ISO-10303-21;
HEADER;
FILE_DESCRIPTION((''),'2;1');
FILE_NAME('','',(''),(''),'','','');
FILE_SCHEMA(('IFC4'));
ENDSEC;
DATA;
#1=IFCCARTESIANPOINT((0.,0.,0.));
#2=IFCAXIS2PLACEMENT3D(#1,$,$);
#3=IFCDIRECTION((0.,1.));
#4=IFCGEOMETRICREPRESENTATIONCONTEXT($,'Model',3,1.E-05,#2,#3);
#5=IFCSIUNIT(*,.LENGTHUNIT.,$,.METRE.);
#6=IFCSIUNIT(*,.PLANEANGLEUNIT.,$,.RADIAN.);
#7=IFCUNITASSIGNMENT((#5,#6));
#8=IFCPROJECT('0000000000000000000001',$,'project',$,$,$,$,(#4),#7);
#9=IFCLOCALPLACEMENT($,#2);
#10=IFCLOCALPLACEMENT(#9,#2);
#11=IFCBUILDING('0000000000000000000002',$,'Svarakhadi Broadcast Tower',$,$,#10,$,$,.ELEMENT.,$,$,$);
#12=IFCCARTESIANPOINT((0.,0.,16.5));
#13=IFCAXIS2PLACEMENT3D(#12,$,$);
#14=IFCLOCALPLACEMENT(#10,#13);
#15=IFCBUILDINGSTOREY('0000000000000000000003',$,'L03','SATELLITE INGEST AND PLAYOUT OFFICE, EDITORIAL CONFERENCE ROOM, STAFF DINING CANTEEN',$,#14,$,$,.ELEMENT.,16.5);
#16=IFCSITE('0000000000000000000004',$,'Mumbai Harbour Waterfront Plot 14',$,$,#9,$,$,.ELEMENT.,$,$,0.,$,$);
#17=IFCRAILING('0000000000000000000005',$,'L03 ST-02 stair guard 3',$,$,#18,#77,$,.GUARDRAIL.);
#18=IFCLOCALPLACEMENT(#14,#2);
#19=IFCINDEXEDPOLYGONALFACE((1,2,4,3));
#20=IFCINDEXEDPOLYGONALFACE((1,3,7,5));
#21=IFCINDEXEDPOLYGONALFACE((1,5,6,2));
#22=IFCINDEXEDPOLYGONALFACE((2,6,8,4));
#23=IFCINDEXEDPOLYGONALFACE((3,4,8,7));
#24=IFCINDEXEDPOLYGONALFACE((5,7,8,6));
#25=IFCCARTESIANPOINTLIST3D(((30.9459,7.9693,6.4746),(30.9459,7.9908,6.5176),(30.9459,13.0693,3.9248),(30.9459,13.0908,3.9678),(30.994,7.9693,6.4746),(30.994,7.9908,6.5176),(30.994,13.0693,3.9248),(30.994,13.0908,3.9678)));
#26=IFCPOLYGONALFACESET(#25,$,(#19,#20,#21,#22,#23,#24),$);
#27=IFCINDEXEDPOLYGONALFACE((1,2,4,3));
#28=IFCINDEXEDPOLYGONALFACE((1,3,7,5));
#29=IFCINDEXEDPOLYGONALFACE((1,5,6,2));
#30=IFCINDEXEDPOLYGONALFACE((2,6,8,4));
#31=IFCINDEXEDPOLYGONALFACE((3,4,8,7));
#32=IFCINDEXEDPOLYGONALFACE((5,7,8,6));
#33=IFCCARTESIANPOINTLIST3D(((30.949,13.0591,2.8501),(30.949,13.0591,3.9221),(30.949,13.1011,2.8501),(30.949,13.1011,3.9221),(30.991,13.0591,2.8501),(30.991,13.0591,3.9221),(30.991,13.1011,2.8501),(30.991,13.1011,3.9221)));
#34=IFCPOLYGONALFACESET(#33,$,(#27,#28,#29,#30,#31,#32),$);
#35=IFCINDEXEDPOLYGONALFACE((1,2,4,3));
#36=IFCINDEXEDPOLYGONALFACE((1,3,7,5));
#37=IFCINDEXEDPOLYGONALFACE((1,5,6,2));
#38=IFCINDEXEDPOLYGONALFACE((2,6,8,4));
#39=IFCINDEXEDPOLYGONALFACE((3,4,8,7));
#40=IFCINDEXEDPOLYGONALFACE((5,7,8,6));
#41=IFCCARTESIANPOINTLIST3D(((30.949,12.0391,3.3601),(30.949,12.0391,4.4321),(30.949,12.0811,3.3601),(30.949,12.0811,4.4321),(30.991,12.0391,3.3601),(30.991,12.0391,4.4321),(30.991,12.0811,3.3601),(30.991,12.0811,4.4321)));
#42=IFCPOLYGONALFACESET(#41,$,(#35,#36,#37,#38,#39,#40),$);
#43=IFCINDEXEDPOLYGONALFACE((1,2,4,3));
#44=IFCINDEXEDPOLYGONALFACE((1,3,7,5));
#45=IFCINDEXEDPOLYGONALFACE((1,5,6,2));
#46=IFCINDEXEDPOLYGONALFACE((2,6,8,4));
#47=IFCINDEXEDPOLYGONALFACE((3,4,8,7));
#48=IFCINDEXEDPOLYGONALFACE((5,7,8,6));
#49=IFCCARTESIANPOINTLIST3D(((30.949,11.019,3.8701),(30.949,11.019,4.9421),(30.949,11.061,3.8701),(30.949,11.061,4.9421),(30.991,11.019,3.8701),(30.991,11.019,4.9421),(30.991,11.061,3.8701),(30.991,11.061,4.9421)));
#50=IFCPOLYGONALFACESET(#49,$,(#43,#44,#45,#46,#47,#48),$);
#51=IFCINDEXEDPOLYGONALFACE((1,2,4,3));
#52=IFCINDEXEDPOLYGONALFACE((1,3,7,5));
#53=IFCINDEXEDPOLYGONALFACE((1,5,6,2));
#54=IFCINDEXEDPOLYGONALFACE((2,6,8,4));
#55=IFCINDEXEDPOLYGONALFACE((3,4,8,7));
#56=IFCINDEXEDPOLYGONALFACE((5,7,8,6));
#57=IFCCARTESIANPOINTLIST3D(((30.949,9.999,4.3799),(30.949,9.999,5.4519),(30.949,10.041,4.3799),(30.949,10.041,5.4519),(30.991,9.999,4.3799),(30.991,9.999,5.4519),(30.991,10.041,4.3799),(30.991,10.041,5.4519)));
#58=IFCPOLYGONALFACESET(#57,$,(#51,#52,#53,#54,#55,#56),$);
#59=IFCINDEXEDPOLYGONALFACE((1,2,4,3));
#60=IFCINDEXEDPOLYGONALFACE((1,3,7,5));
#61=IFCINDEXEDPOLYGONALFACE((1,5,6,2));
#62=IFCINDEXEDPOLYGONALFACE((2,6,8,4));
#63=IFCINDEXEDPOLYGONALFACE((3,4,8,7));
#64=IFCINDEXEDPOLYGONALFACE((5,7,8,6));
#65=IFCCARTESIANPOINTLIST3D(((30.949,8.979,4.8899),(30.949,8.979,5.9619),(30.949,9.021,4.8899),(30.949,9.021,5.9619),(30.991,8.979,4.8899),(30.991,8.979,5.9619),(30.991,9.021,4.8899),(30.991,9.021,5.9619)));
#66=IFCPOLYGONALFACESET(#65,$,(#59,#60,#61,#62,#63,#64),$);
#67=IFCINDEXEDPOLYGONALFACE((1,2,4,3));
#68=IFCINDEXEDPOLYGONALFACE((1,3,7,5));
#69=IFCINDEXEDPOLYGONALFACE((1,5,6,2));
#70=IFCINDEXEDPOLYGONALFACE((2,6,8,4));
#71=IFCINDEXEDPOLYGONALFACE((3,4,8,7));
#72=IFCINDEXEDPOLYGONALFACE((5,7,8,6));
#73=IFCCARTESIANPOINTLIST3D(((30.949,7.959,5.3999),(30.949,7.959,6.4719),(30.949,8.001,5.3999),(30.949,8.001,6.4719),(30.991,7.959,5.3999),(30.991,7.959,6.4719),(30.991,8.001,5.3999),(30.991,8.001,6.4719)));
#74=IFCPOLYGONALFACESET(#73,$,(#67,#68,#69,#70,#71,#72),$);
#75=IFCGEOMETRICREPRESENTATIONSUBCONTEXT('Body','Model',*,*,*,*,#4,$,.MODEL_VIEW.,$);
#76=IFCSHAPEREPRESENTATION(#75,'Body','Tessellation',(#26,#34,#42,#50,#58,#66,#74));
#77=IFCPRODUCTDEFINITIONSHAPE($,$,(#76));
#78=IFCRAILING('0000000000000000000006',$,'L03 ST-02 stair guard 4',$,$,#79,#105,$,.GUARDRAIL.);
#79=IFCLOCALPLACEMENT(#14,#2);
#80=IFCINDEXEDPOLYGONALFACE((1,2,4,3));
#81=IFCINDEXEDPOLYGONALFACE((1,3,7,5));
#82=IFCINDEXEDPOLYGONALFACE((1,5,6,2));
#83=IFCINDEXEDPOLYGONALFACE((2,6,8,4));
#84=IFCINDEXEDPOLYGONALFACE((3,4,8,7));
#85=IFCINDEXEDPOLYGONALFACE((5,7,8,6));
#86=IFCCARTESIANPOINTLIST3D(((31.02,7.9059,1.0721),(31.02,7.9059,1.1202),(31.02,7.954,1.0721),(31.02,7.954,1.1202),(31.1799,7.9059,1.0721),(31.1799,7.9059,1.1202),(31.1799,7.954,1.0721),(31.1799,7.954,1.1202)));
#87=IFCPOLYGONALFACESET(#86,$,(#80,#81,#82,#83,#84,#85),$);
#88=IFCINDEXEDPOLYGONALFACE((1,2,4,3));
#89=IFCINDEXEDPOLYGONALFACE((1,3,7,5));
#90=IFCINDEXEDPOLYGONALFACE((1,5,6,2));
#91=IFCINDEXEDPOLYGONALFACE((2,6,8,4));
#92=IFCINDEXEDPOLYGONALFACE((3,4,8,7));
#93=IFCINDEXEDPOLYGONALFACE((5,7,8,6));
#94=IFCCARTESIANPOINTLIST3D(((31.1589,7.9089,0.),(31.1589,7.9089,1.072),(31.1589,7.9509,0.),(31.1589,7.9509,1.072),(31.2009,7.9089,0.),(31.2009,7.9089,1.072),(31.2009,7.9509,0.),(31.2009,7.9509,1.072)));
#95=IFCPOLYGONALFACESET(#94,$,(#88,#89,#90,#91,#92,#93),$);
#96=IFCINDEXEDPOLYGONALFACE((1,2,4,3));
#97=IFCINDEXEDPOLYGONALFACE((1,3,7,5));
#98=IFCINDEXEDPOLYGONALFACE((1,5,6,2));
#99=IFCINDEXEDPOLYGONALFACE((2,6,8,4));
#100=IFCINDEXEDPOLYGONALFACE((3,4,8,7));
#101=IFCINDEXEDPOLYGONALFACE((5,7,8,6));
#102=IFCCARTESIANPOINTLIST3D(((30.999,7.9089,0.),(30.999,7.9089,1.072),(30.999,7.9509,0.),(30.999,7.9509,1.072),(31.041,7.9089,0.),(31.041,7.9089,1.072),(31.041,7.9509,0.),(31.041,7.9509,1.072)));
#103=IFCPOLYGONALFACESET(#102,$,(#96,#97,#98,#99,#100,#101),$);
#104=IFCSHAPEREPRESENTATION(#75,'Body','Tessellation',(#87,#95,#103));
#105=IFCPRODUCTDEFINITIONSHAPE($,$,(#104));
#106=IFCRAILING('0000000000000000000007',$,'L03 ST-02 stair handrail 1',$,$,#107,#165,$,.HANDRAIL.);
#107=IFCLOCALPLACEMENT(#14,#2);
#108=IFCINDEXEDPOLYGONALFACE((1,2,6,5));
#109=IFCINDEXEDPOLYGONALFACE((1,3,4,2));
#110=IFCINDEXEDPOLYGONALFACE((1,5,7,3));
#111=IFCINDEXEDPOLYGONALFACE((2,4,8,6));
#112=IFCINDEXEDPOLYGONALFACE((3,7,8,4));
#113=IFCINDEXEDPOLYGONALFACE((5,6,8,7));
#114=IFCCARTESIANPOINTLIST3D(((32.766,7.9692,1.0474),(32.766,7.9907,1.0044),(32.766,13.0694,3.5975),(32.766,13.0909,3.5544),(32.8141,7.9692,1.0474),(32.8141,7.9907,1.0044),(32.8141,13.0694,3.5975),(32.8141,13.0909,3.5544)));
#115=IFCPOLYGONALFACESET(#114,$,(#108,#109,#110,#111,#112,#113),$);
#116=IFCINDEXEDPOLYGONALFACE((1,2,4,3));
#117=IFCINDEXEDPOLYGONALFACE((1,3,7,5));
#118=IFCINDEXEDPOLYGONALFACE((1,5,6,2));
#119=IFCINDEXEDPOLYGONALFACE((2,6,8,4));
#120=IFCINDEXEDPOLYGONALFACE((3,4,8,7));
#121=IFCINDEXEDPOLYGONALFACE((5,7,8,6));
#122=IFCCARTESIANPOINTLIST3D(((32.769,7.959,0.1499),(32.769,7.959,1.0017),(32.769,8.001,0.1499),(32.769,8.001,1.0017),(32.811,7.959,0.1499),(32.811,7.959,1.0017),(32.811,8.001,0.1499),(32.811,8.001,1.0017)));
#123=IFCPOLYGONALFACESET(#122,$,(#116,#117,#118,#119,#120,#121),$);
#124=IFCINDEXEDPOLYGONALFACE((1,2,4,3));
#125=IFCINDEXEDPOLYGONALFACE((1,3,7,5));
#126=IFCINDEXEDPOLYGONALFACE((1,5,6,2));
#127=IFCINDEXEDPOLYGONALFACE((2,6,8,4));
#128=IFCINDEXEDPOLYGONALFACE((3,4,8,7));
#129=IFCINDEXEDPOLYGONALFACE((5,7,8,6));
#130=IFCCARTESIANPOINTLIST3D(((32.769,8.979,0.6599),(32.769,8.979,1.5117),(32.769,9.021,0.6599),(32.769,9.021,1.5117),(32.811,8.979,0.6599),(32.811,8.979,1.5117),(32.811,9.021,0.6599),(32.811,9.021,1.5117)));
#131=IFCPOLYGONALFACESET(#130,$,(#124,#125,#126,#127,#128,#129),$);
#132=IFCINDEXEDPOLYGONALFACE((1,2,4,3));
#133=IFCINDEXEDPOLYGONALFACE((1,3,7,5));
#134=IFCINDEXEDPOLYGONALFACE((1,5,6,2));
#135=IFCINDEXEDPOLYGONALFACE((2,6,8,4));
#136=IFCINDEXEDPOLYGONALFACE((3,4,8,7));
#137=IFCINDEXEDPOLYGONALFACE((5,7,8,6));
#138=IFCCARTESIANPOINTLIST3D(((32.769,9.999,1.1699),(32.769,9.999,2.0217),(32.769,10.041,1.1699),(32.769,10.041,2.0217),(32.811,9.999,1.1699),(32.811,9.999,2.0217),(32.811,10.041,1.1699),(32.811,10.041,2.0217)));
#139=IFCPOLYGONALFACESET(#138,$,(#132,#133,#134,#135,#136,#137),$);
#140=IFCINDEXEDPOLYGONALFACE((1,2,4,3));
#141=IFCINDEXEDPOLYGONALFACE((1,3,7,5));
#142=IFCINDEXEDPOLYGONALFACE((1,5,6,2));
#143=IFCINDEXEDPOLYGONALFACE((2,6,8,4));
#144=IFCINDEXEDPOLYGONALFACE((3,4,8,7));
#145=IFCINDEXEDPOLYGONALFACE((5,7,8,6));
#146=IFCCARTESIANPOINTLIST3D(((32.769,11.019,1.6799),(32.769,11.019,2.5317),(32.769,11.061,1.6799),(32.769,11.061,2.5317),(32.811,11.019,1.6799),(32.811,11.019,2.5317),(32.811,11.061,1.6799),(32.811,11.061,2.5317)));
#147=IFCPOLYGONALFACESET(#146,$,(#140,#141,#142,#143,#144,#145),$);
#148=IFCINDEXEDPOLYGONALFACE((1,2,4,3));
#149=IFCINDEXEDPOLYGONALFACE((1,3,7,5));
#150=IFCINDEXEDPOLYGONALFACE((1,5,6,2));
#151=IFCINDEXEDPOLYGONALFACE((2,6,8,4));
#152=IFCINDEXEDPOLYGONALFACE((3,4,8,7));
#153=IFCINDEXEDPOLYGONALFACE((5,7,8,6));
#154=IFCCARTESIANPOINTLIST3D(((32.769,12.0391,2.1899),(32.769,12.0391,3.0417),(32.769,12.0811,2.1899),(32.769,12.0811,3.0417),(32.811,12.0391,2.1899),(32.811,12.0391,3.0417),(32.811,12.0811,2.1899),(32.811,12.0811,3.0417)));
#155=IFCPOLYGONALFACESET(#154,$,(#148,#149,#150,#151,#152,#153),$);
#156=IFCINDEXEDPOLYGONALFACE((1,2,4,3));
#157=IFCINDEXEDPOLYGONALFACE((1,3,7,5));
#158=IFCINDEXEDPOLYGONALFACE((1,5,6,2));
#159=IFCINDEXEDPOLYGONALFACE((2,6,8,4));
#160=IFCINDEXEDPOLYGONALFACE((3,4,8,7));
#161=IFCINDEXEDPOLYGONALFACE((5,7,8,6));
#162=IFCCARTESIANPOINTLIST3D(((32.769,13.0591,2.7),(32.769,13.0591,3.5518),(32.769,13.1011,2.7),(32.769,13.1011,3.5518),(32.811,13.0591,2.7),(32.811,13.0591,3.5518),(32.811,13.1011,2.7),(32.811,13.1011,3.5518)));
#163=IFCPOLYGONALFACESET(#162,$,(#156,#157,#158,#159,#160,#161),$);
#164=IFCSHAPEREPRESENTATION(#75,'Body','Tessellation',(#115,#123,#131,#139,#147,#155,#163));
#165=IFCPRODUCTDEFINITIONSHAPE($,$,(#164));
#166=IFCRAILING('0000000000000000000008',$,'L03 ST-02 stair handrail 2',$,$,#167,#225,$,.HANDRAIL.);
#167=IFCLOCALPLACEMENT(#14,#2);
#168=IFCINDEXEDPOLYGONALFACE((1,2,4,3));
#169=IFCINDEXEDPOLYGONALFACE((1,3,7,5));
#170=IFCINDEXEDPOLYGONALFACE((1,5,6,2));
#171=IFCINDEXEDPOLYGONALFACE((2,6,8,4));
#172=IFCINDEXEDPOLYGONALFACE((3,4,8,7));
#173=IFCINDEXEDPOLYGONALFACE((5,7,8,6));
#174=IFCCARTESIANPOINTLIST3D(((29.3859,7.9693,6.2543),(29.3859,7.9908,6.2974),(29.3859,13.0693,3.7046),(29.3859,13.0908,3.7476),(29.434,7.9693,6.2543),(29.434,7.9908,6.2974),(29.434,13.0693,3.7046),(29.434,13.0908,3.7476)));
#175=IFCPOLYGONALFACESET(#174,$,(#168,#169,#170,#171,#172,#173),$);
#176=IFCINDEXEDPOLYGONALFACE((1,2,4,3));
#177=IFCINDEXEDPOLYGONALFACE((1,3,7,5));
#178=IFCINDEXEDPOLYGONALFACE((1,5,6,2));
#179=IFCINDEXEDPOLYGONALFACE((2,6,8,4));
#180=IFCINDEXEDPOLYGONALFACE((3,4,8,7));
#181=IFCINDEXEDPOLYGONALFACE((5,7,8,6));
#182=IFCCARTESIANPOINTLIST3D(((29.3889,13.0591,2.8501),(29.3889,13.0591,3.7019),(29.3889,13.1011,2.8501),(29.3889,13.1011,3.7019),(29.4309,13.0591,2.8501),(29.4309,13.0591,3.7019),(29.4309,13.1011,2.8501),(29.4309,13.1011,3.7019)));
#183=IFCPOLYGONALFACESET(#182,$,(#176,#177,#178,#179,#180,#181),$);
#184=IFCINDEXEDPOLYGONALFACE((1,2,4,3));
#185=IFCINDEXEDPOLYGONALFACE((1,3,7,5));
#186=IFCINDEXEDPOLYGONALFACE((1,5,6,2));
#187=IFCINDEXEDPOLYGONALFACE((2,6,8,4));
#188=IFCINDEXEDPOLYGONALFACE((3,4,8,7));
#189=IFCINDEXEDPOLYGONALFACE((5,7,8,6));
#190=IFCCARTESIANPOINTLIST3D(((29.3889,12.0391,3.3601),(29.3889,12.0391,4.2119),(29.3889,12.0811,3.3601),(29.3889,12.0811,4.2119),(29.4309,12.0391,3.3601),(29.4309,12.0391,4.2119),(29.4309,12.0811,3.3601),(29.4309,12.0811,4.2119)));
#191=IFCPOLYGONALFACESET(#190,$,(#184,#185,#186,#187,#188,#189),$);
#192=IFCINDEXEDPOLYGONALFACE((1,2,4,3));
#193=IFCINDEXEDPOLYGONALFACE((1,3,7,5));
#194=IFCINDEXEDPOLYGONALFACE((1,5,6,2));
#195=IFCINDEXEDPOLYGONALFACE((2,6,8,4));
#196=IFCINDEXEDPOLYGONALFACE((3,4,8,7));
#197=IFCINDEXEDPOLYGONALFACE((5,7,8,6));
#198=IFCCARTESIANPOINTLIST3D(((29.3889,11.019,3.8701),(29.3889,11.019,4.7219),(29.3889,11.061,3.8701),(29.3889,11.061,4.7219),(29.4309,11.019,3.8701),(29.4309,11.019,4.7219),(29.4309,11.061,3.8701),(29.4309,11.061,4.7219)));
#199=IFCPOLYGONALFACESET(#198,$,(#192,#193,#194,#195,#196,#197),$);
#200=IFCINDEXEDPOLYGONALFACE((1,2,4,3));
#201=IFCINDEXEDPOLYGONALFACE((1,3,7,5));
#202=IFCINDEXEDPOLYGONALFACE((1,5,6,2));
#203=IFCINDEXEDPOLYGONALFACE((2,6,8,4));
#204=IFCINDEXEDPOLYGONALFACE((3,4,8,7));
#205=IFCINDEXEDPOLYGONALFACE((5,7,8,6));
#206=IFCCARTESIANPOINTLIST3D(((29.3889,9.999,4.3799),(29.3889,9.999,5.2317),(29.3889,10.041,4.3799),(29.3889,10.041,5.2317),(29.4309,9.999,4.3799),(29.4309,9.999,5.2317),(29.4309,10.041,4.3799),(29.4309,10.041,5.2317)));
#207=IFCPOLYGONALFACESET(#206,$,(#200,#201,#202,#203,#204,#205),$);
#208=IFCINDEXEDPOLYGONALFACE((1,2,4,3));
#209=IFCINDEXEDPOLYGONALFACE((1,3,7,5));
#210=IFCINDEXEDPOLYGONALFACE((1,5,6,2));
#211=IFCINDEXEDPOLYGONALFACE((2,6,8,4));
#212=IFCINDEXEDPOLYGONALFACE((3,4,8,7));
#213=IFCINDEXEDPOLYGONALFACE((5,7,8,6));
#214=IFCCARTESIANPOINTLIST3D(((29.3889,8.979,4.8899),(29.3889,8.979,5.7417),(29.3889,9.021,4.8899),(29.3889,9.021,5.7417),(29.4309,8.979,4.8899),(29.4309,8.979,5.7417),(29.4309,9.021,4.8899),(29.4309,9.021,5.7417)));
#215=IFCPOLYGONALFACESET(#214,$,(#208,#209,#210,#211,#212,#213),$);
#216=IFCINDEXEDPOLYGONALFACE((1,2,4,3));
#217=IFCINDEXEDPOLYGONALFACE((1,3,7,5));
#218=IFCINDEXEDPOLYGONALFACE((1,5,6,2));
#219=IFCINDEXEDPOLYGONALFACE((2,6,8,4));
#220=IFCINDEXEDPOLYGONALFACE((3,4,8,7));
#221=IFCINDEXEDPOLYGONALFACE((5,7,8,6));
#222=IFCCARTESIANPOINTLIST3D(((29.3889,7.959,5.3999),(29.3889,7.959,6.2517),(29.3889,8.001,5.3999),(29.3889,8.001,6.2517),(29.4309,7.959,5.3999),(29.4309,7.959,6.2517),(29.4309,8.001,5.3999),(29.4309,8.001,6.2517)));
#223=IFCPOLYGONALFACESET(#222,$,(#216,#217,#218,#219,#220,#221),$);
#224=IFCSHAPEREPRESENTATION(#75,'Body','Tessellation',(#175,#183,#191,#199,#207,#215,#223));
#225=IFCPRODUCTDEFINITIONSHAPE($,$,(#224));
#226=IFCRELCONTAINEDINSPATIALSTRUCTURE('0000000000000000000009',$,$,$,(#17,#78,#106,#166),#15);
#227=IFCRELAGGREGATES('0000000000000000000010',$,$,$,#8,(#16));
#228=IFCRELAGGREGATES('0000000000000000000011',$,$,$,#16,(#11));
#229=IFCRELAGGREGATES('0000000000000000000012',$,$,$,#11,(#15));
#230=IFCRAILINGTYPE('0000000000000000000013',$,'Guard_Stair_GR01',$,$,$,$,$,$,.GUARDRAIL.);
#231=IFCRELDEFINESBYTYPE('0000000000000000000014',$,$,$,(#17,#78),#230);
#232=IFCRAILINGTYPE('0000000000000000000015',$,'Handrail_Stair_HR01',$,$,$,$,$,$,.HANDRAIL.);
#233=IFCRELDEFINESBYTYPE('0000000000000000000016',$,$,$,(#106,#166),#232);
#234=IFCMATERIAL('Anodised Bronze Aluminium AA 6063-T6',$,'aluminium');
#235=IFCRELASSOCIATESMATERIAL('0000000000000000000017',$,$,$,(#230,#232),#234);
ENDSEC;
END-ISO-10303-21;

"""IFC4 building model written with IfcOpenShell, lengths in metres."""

from ifc_helpers import new_model, si_unit, direction, frame, origin, origin_2d, place, context, subcontext, project, spatial, rectangle, extrude, material, type_object, element, save


model = new_model("IFC4")

# Units and contexts
model_context = context("Model", 3, precision=1e-05, world=origin(), true_north=direction((0.0, 1.0)))
body_context = subcontext(model_context, "Body", "Model", "MODEL_VIEW")
ifc_project = project(units=[si_unit("LENGTHUNIT", "METRE"), si_unit("PLANEANGLEUNIT", "RADIAN")], contexts=[model_context])

# Site, building, storey
site_placement = place(None, origin())
site = spatial("IfcSite", under=ifc_project, at=site_placement, Name="Mumbai Harbour Waterfront Plot 14", CompositionType="ELEMENT", RefElevation=0.0)
building_placement = place(site_placement, origin())
building = spatial("IfcBuilding", under=site, at=building_placement, Name="Svarakhadi Broadcast Tower", CompositionType="ELEMENT")
storey_placement = place(building_placement, frame((0.0, 0.0, 16.5)))
storey = spatial("IfcBuildingStorey", under=building, at=storey_placement, Name="L03", Description="SATELLITE INGEST AND PLAYOUT OFFICE, EDITORIAL CONFERENCE ROOM, STAFF DINING CANTEEN", CompositionType="ELEMENT", Elevation=16.5)

# Railings
ifc_material_1 = material(Name="Anodised Bronze Aluminium AA 6063-T6", Category="aluminium")
railing_type_1 = type_object("IfcRailingType", Name="Guard_Stair_GR01", PredefinedType="GUARDRAIL", material=ifc_material_1)
railing_1_placement = place(storey_placement, frame((30.97, 13.0801, 2.8501)))
element("IfcRailing", 1, at=railing_1_placement, inside=storey, type_object=railing_type_1, Name="L03 ST-02 stair guard 3", PredefinedType="GUARDRAIL", context=body_context, shape_type="SweptSolid", body=[
    extrude(rectangle(XDim=0.0481, YDim=0.0481, at=origin_2d()), frame((0.0, 0.0, 1.0962), z_axis=(0.0, -0.894444, 0.447179), x_axis=(1.0, 0.0, 0.0)), (0.0, 0.0, 1.0), 5.7019),
    extrude(rectangle(XDim=0.042, YDim=0.042, at=origin_2d()), origin(), (0.0, 0.0, 1.0), 1.072),
    extrude(rectangle(XDim=0.042, YDim=0.042, at=origin_2d()), frame((0.0, -1.02, 0.51)), (0.0, 0.0, 1.0), 1.072),
    extrude(rectangle(XDim=0.042, YDim=0.042, at=origin_2d()), frame((0.0, -2.04, 1.02)), (0.0, 0.0, 1.0), 1.072),
    extrude(rectangle(XDim=0.042, YDim=0.042, at=origin_2d()), frame((0.0, -3.0601, 1.5298)), (0.0, 0.0, 1.0), 1.072),
    extrude(rectangle(XDim=0.042, YDim=0.042, at=origin_2d()), frame((0.0, -4.0801, 2.0398)), (0.0, 0.0, 1.0), 1.072),
    extrude(rectangle(XDim=0.042, YDim=0.042, at=origin_2d()), frame((0.0, -5.1001, 2.5498)), (0.0, 0.0, 1.0), 1.072),
])
railing_2_placement = place(storey_placement, frame((31.1799, 7.9299, 0.0)))
element("IfcRailing", 2, at=railing_2_placement, inside=storey, type_object=railing_type_1, Name="L03 ST-02 stair guard 4", PredefinedType="GUARDRAIL", context=body_context, shape_type="SweptSolid", body=[
    extrude(rectangle(XDim=0.0481, YDim=0.0481, at=origin_2d()), frame((0.0, 0.0, 1.0962), z_axis=(-1.0, 0.0, 0.0), x_axis=(0.0, -1.0, 0.0)), (0.0, 0.0, 1.0), 0.1599),
    extrude(rectangle(XDim=0.042, YDim=0.042, at=origin_2d()), origin(), (0.0, 0.0, 1.0), 1.072),
    extrude(rectangle(XDim=0.042, YDim=0.042, at=origin_2d()), frame((-0.1599, 0.0, 0.0)), (0.0, 0.0, 1.0), 1.072),
])
railing_type_2 = type_object("IfcRailingType", Name="Handrail_Stair_HR01", PredefinedType="HANDRAIL", material=ifc_material_1)
railing_3_placement = place(storey_placement, frame((32.79, 7.98, 0.1499)))
element("IfcRailing", 3, at=railing_3_placement, inside=storey, type_object=railing_type_2, Name="L03 ST-02 stair handrail 1", PredefinedType="HANDRAIL", context=body_context, shape_type="SweptSolid", body=[
    extrude(rectangle(XDim=0.0481, YDim=0.0481, at=origin_2d()), frame((0.0, 0.0, 0.876), z_axis=(0.0, 0.894427, 0.447214), x_axis=(-1.0, 0.0, 0.0)), (0.0, 0.0, 1.0), 5.7021),
    extrude(rectangle(XDim=0.042, YDim=0.042, at=origin_2d()), origin(), (0.0, 0.0, 1.0), 0.8518),
    extrude(rectangle(XDim=0.042, YDim=0.042, at=origin_2d()), frame((0.0, 1.02, 0.51)), (0.0, 0.0, 1.0), 0.8518),
    extrude(rectangle(XDim=0.042, YDim=0.042, at=origin_2d()), frame((0.0, 2.04, 1.02)), (0.0, 0.0, 1.0), 0.8518),
    extrude(rectangle(XDim=0.042, YDim=0.042, at=origin_2d()), frame((0.0, 3.0601, 1.53)), (0.0, 0.0, 1.0), 0.8518),
    extrude(rectangle(XDim=0.042, YDim=0.042, at=origin_2d()), frame((0.0, 4.0801, 2.04)), (0.0, 0.0, 1.0), 0.8518),
    extrude(rectangle(XDim=0.042, YDim=0.042, at=origin_2d()), frame((0.0, 5.1001, 2.55)), (0.0, 0.0, 1.0), 0.8518),
])
railing_4_placement = place(storey_placement, frame((29.4099, 13.0801, 2.8501)))
element("IfcRailing", 4, at=railing_4_placement, inside=storey, type_object=railing_type_2, Name="L03 ST-02 stair handrail 2", PredefinedType="HANDRAIL", context=body_context, shape_type="SweptSolid", body=[
    extrude(rectangle(XDim=0.0481, YDim=0.0481, at=origin_2d()), frame((0.0, 0.0, 0.876), z_axis=(0.0, -0.894444, 0.447179), x_axis=(1.0, 0.0, 0.0)), (0.0, 0.0, 1.0), 5.7019),
    extrude(rectangle(XDim=0.042, YDim=0.042, at=origin_2d()), origin(), (0.0, 0.0, 1.0), 0.8518),
    extrude(rectangle(XDim=0.042, YDim=0.042, at=origin_2d()), frame((0.0, -1.02, 0.51)), (0.0, 0.0, 1.0), 0.8518),
    extrude(rectangle(XDim=0.042, YDim=0.042, at=origin_2d()), frame((0.0, -2.04, 1.02)), (0.0, 0.0, 1.0), 0.8518),
    extrude(rectangle(XDim=0.042, YDim=0.042, at=origin_2d()), frame((0.0, -3.0601, 1.5298)), (0.0, 0.0, 1.0), 0.8518),
    extrude(rectangle(XDim=0.042, YDim=0.042, at=origin_2d()), frame((0.0, -4.0801, 2.0398)), (0.0, 0.0, 1.0), 0.8518),
    extrude(rectangle(XDim=0.042, YDim=0.042, at=origin_2d()), frame((0.0, -5.1001, 2.5498)), (0.0, 0.0, 1.0), 0.8518),
])

save(model, "model.ifc")
